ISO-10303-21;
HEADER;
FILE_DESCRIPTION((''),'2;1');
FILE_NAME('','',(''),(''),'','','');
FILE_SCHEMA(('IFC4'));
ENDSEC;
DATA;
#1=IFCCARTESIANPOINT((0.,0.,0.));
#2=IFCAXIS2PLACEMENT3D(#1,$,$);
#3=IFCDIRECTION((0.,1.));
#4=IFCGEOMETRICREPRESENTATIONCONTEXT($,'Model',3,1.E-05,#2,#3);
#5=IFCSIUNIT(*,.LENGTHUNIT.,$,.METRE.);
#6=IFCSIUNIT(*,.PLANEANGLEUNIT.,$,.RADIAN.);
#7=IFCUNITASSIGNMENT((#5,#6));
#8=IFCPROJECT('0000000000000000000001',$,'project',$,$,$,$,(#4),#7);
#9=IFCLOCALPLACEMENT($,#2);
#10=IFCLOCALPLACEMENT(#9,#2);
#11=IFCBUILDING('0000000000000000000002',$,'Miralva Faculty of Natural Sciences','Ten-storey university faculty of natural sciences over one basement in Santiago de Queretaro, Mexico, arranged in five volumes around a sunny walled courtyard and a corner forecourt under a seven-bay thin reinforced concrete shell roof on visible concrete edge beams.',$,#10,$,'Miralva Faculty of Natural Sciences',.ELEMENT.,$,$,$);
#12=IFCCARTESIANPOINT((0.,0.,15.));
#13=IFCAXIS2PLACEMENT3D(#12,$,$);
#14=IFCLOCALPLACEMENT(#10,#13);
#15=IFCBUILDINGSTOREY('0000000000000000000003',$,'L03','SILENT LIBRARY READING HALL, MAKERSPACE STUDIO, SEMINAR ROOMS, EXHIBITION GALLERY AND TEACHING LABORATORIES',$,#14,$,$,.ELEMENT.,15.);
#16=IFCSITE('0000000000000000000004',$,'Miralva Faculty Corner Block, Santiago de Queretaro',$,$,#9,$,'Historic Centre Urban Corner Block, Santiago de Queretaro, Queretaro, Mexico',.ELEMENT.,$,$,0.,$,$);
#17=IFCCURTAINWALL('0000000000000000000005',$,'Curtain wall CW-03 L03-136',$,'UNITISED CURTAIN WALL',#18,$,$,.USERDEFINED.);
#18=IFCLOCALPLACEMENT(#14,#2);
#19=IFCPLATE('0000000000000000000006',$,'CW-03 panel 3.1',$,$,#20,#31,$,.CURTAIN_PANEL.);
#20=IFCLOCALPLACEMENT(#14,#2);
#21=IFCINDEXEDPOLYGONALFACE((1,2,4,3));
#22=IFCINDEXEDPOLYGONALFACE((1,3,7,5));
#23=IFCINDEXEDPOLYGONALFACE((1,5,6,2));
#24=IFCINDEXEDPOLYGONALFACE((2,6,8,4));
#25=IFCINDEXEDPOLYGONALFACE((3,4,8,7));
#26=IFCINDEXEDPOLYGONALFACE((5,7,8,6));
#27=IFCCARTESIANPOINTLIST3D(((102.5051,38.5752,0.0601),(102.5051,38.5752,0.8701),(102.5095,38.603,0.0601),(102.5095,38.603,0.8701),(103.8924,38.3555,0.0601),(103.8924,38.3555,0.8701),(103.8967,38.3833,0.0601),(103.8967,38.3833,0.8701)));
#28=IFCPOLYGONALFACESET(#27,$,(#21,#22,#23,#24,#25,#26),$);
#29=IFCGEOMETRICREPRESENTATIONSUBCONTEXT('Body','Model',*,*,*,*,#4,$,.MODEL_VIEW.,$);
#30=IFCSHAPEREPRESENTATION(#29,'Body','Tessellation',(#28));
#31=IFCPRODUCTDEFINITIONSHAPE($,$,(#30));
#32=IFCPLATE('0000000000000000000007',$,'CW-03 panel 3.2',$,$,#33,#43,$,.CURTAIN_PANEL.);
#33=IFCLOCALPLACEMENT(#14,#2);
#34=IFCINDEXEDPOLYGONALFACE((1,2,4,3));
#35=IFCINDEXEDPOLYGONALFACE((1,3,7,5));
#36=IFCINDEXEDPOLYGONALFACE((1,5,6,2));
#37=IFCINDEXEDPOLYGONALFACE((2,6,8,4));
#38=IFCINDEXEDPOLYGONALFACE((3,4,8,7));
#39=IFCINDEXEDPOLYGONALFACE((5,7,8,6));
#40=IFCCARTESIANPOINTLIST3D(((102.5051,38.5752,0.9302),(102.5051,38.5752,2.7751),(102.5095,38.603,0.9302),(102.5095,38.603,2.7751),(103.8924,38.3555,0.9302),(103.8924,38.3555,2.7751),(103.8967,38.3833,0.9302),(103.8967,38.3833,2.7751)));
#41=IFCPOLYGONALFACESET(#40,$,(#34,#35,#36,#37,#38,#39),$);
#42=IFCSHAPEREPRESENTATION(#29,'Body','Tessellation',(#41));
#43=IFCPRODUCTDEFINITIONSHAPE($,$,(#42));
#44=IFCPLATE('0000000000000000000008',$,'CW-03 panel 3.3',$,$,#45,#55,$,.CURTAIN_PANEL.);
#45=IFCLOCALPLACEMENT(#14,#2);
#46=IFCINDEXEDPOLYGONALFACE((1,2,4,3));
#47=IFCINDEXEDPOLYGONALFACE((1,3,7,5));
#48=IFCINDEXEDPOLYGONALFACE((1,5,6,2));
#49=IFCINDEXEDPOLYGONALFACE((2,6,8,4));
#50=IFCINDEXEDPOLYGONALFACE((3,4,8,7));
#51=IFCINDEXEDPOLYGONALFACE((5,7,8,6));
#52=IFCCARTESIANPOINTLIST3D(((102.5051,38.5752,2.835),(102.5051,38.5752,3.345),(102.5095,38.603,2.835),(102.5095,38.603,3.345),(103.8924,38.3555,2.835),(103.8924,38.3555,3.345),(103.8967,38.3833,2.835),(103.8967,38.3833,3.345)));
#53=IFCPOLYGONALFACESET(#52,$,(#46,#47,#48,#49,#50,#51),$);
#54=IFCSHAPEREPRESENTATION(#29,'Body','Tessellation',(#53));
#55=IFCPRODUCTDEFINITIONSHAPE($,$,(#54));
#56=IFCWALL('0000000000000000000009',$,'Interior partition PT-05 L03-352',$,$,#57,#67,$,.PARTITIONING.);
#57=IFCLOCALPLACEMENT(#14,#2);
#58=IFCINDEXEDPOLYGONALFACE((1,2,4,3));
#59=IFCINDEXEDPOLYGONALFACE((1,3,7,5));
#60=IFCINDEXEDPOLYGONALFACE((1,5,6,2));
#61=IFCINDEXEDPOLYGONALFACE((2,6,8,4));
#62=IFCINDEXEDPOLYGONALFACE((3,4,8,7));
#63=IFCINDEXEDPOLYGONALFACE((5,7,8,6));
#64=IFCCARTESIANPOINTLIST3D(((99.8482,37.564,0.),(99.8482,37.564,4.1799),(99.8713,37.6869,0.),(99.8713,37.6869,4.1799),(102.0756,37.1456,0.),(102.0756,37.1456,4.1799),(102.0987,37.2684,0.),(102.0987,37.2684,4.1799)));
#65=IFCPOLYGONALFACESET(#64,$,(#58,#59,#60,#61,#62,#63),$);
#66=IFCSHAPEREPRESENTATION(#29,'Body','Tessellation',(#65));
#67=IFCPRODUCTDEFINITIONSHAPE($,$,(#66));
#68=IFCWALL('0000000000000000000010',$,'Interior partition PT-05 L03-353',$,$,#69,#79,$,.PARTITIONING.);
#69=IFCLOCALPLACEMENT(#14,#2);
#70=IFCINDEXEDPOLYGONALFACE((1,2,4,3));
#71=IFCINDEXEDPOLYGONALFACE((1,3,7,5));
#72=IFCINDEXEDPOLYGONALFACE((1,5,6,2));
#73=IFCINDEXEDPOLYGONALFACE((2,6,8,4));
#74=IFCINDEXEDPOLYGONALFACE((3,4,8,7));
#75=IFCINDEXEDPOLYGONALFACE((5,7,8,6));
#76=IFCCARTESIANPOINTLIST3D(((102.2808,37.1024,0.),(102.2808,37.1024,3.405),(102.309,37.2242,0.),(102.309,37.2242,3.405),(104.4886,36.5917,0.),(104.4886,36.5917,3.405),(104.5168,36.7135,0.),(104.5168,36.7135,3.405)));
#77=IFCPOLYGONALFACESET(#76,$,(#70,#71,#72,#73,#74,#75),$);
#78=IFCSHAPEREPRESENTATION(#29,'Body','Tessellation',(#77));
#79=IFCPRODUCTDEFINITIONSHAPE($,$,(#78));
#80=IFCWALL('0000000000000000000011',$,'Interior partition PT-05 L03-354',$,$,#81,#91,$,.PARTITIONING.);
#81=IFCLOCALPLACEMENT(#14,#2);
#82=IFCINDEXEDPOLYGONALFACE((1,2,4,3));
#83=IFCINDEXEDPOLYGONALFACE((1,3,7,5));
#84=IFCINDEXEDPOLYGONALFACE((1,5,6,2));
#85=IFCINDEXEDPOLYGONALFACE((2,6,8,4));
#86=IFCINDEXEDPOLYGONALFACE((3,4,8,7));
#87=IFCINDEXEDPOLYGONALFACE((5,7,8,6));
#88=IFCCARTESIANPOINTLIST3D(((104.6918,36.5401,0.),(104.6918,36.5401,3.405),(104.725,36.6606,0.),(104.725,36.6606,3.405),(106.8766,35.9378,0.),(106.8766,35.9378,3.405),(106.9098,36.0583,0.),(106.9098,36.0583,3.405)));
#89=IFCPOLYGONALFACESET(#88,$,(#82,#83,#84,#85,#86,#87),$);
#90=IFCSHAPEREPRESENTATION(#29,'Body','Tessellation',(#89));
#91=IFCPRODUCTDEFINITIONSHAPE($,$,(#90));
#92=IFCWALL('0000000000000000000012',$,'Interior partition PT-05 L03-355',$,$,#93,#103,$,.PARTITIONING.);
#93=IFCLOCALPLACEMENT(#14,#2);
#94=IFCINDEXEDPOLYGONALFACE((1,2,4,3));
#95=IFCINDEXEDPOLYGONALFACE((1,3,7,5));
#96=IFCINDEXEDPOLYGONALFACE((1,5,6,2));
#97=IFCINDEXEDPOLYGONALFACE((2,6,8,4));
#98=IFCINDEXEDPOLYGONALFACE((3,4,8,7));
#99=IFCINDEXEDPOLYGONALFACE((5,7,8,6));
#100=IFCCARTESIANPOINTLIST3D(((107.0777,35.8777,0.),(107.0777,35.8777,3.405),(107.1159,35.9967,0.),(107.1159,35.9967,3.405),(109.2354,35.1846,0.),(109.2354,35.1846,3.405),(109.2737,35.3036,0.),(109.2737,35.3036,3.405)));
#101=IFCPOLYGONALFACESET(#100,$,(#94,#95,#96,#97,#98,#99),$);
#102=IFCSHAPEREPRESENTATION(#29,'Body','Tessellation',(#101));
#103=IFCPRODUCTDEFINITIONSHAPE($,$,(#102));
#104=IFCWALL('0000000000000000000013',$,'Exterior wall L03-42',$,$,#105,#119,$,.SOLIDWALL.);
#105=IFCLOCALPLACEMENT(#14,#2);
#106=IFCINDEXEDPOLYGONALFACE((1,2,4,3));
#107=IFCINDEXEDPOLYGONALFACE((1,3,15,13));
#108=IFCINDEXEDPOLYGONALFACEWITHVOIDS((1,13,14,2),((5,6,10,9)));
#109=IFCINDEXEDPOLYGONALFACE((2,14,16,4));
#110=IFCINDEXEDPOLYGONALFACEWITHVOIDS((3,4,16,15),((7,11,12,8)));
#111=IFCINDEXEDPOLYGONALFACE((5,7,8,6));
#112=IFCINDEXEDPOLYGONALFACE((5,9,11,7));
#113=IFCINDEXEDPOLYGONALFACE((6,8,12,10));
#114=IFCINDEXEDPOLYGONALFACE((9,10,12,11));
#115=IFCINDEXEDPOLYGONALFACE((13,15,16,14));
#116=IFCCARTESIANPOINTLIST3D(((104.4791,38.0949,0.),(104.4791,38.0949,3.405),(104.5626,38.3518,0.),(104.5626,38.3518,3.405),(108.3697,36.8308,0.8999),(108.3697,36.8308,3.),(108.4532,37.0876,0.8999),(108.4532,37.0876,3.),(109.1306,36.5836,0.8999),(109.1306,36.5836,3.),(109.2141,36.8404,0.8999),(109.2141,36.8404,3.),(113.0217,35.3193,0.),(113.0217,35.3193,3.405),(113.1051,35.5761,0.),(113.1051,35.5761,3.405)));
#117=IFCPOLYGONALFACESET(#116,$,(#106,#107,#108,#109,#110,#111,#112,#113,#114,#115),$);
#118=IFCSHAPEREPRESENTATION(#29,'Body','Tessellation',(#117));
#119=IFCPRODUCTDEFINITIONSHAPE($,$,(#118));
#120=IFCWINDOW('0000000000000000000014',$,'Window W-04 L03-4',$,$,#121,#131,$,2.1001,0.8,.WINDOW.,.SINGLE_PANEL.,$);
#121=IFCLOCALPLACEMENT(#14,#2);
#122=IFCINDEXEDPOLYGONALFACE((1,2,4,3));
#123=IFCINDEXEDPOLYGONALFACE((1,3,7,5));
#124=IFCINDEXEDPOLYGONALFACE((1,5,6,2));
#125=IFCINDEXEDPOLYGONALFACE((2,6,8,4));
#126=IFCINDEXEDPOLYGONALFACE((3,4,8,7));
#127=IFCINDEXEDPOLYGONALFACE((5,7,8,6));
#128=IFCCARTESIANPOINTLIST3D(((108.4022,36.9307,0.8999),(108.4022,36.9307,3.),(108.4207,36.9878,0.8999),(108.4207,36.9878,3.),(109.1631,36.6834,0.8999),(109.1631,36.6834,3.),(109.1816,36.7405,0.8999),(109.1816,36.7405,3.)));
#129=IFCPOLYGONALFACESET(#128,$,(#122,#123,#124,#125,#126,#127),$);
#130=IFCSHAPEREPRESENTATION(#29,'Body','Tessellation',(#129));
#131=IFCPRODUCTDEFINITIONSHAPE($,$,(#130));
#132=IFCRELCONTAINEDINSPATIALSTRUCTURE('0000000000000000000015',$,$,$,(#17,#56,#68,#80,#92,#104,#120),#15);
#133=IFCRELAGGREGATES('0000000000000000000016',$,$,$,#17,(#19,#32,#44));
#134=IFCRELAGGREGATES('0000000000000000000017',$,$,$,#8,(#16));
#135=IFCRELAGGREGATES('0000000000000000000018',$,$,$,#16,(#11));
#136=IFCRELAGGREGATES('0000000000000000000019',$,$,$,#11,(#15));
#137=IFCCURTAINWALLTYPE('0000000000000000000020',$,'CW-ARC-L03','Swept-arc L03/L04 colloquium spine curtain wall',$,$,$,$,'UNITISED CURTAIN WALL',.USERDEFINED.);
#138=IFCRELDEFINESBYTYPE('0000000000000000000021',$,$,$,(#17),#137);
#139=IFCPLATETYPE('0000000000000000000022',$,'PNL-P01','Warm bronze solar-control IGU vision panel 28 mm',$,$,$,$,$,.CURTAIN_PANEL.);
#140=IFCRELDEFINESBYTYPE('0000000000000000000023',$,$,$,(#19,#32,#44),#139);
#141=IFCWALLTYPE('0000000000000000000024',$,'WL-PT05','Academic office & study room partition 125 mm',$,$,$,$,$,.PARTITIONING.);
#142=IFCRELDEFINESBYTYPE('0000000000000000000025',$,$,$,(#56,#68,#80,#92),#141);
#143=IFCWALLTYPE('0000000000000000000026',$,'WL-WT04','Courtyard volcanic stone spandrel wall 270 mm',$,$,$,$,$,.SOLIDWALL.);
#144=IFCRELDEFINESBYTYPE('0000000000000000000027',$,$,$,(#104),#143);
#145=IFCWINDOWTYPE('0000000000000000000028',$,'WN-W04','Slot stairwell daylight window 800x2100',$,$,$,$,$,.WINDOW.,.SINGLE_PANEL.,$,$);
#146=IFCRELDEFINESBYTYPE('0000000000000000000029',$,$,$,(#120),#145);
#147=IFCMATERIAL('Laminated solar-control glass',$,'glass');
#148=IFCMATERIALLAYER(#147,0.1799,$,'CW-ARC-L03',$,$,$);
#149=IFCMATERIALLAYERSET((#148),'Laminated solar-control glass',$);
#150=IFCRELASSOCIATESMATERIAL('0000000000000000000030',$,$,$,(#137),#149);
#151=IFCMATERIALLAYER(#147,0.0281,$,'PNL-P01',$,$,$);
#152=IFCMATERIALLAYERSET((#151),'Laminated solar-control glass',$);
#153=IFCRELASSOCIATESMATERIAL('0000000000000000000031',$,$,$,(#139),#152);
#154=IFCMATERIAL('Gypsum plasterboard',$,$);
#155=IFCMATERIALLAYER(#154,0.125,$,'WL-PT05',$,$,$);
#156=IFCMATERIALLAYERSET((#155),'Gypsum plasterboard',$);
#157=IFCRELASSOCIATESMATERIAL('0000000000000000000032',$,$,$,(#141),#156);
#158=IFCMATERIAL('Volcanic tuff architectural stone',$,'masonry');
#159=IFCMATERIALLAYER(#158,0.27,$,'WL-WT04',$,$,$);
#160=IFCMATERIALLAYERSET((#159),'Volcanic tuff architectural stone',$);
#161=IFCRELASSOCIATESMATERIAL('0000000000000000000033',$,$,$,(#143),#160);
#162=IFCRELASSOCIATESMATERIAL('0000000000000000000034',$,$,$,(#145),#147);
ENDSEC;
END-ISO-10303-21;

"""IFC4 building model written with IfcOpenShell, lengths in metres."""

from ifc_helpers import new_model, si_unit, direction, frame, frame_2d, origin, origin_2d, place, context, subcontext, project, spatial, rectangle, extrude, material, layer, layer_set, type_object, element, fill, aggregate, save


model = new_model("IFC4")

# Units and contexts
model_context = context("Model", 3, precision=1e-05, world=origin(), true_north=direction((0.0, 1.0)))
body_context = subcontext(model_context, "Body", "Model", "MODEL_VIEW")
ifc_project = project(units=[si_unit("LENGTHUNIT", "METRE"), si_unit("PLANEANGLEUNIT", "RADIAN")], contexts=[model_context])

# Site, building, storey
site_placement = place(None, origin())
site = spatial("IfcSite", under=ifc_project, at=site_placement, Name="Miralva Faculty Corner Block, Santiago de Queretaro", LongName="Historic Centre Urban Corner Block, Santiago de Queretaro, Queretaro, Mexico", CompositionType="ELEMENT", RefElevation=0.0)
building_placement = place(site_placement, origin())
building = spatial("IfcBuilding", under=site, at=building_placement, Name="Miralva Faculty of Natural Sciences", Description="Ten-storey university faculty of natural sciences over one basement in Santiago de Queretaro, Mexico, arranged in five volumes around a sunny walled courtyard and a corner forecourt under a seven-bay thin reinforced concrete shell roof on visible concrete edge beams.", LongName="Miralva Faculty of Natural Sciences", CompositionType="ELEMENT")
storey_placement = place(building_placement, frame((0.0, 0.0, 15.0)))
storey = spatial("IfcBuildingStorey", under=building, at=storey_placement, Name="L03", Description="SILENT LIBRARY READING HALL, MAKERSPACE STUDIO, SEMINAR ROOMS, EXHIBITION GALLERY AND TEACHING LABORATORIES", CompositionType="ELEMENT", Elevation=15.0)

# Shared definitions
ifc_material_1 = material(Name="Laminated solar-control glass", Category="glass")
ifc_layer_1 = layer(ifc_material_1, 0.1799, Name="CW-ARC-L03")
ifc_layer_set_1 = layer_set([ifc_layer_1], Name="Laminated solar-control glass")
curtain_wall_type = type_object("IfcCurtainWallType", Name="CW-ARC-L03", Description="Swept-arc L03/L04 colloquium spine curtain wall", ElementType="UNITISED CURTAIN WALL", PredefinedType="USERDEFINED", material=ifc_layer_set_1)

# Curtain wall
curtain_wall_1_placement = place(storey_placement, origin())
curtain_wall_1 = element("IfcCurtainWall", 1, at=curtain_wall_1_placement, inside=storey, type_object=curtain_wall_type, Name="Curtain wall CW-03 L03-136", ObjectType="UNITISED CURTAIN WALL", PredefinedType="USERDEFINED")

# Plates
ifc_layer_2 = layer(ifc_material_1, 0.0281, Name="PNL-P01")
ifc_layer_set_2 = layer_set([ifc_layer_2], Name="Laminated solar-control glass")
plate_type = type_object("IfcPlateType", Name="PNL-P01", Description="Warm bronze solar-control IGU vision panel 28 mm", PredefinedType="CURTAIN_PANEL", material=ifc_layer_set_2)
plate_1_placement = place(storey_placement, frame((103.2009, 38.4792, 0.0601), z_axis=(0.0, 0.0, 1.0), x_axis=(0.987688, -0.156437, 0.0)))
plate_1 = element("IfcPlate", 2, at=plate_1_placement, type_object=plate_type, Name="CW-03 panel 3.1", PredefinedType="CURTAIN_PANEL", context=body_context, shape_type="SweptSolid", body=[
    extrude(rectangle(XDim=1.4045, YDim=0.0281, at=origin_2d()), origin(), (0.0, 0.0, 1.0), 0.8101),
])
plate_2_placement = place(storey_placement, frame((103.2009, 38.4792, 0.9302), z_axis=(0.0, 0.0, 1.0), x_axis=(0.987688, -0.156437, 0.0)))
plate_2 = element("IfcPlate", 3, at=plate_2_placement, type_object=plate_type, Name="CW-03 panel 3.2", PredefinedType="CURTAIN_PANEL", context=body_context, shape_type="SweptSolid", body=[
    extrude(rectangle(XDim=1.4045, YDim=0.0281, at=origin_2d()), origin(), (0.0, 0.0, 1.0), 1.845),
])
plate_3_placement = place(storey_placement, frame((103.2009, 38.4792, 2.835), z_axis=(0.0, 0.0, 1.0), x_axis=(0.987688, -0.156437, 0.0)))
plate_3 = element("IfcPlate", 4, at=plate_3_placement, type_object=plate_type, Name="CW-03 panel 3.3", PredefinedType="CURTAIN_PANEL", context=body_context, shape_type="SweptSolid", body=[
    extrude(rectangle(XDim=1.4045, YDim=0.0281, at=origin_2d()), origin(), (0.0, 0.0, 1.0), 0.51),
])
aggregate(curtain_wall_1, [plate_1, plate_2, plate_3])

# Walls
ifc_material_2 = material(Name="Gypsum plasterboard")
ifc_layer_3 = layer(ifc_material_2, 0.125, Name="WL-PT05")
ifc_layer_set_3 = layer_set([ifc_layer_3], Name="Gypsum plasterboard")
wall_type_1 = type_object("IfcWallType", Name="WL-PT05", Description="Academic office & study room partition 125 mm", PredefinedType="PARTITIONING", material=ifc_layer_set_3)
wall_1_placement = place(storey_placement, frame((99.8596, 37.6255, 0.0), z_axis=(0.0, 0.0, 1.0), x_axis=(0.982805, -0.184646, 0.0)))
element("IfcWall", 5, at=wall_1_placement, inside=storey, type_object=wall_type_1, Name="Interior partition PT-05 L03-352", PredefinedType="PARTITIONING", context=body_context, shape_type="SweptSolid", body=[
    extrude(rectangle(XDim=2.2664, YDim=0.125, at=frame_2d((1.1333, 0.0))), origin(), (0.0, 0.0, 1.0), 4.1799),
])
wall_2_placement = place(storey_placement, frame((102.2949, 37.1633, 0.0), z_axis=(0.0, 0.0, 1.0), x_axis=(0.974269, -0.225387, 0.0)))
element("IfcWall", 6, at=wall_2_placement, inside=storey, type_object=wall_type_1, Name="Interior partition PT-05 L03-353", PredefinedType="PARTITIONING", context=body_context, shape_type="SweptSolid", body=[
    extrude(rectangle(XDim=2.2661, YDim=0.125, at=frame_2d((1.1331, 0.0))), origin(), (0.0, 0.0, 1.0), 3.405),
])
for number, where, z_axis, x_axis, name in (
    (7, (104.7083, 36.6003, 0.0), (0.0, 0.0, 1.0), (0.964039, -0.26576, 0.0), "Interior partition PT-05 L03-354"),
    (8, (107.0967, 35.9373, 0.0), (0.0, 0.0, 1.0), (0.952085, -0.305835, 0.0), "Interior partition PT-05 L03-355"),
):
    element("IfcWall", number, at=place(storey_placement, frame(where, z_axis=z_axis, x_axis=x_axis)), inside=storey, type_object=wall_type_1, Name=name, PredefinedType="PARTITIONING", context=body_context, shape_type="SweptSolid", body=[
        extrude(rectangle(XDim=2.2664, YDim=0.125, at=frame_2d((1.1333, 0.0))), origin(), (0.0, 0.0, 1.0), 3.405),
    ])

# Wall, opening, window
ifc_material_3 = material(Name="Volcanic tuff architectural stone", Category="masonry")
ifc_layer_4 = layer(ifc_material_3, 0.27, Name="WL-WT04")
ifc_layer_set_4 = layer_set([ifc_layer_4], Name="Volcanic tuff architectural stone")
wall_type_2 = type_object("IfcWallType", Name="WL-WT04", Description="Courtyard volcanic stone spandrel wall 270 mm", PredefinedType="SOLIDWALL", material=ifc_layer_set_4)
wall_3_placement = place(storey_placement, frame((104.5208, 38.2234, 0.0), z_axis=(0.0, 0.0, 1.0), x_axis=(0.951056, -0.309018, 0.0)))
wall_3 = element("IfcWall", 9, at=wall_3_placement, inside=storey, type_object=wall_type_2, Name="Exterior wall L03-42", PredefinedType="SOLIDWALL", context=body_context, shape_type="SweptSolid", body=[
    extrude(rectangle(XDim=8.9822, YDim=0.27, at=frame_2d((4.4912, 0.0))), origin(), (0.0, 0.0, 1.0), 3.405),
])
opening_placement = place(wall_3_placement, frame((4.0911, 0.0, 0.8999)))
opening = element("IfcOpeningElement", 10, at=opening_placement, cuts=wall_3, PredefinedType="OPENING", context=body_context, shape_type="SweptSolid", body=[
    extrude(rectangle(XDim=0.8, YDim=2.1001, at=frame_2d((0.3999, 1.05))), frame((0.0, 0.145, 0.0), z_axis=(0.0, -1.0, 0.0), x_axis=(1.0, 0.0, 0.0)), (0.0, 0.0, 1.0), 0.29),
])
window_type = type_object("IfcWindowType", Name="WN-W04", Description="Slot stairwell daylight window 800x2100", PartitioningType="SINGLE_PANEL", PredefinedType="WINDOW", material=ifc_material_1)
window_placement = place(opening_placement, origin())
window = element("IfcWindow", 11, at=window_placement, inside=storey, type_object=window_type, Name="Window W-04 L03-4", OverallHeight=2.1001, OverallWidth=0.8, PartitioningType="SINGLE_PANEL", PredefinedType="WINDOW", context=body_context, shape_type="SweptSolid", body=[
    extrude(rectangle(XDim=0.8, YDim=2.1001, at=frame_2d((0.3999, 1.05))), frame((0.0, 0.03, 0.0), z_axis=(0.0, -1.0, 0.0), x_axis=(1.0, 0.0, 0.0)), (0.0, 0.0, 1.0), 0.0601),
])
fill(opening, window)

save(model, "model.ifc")
